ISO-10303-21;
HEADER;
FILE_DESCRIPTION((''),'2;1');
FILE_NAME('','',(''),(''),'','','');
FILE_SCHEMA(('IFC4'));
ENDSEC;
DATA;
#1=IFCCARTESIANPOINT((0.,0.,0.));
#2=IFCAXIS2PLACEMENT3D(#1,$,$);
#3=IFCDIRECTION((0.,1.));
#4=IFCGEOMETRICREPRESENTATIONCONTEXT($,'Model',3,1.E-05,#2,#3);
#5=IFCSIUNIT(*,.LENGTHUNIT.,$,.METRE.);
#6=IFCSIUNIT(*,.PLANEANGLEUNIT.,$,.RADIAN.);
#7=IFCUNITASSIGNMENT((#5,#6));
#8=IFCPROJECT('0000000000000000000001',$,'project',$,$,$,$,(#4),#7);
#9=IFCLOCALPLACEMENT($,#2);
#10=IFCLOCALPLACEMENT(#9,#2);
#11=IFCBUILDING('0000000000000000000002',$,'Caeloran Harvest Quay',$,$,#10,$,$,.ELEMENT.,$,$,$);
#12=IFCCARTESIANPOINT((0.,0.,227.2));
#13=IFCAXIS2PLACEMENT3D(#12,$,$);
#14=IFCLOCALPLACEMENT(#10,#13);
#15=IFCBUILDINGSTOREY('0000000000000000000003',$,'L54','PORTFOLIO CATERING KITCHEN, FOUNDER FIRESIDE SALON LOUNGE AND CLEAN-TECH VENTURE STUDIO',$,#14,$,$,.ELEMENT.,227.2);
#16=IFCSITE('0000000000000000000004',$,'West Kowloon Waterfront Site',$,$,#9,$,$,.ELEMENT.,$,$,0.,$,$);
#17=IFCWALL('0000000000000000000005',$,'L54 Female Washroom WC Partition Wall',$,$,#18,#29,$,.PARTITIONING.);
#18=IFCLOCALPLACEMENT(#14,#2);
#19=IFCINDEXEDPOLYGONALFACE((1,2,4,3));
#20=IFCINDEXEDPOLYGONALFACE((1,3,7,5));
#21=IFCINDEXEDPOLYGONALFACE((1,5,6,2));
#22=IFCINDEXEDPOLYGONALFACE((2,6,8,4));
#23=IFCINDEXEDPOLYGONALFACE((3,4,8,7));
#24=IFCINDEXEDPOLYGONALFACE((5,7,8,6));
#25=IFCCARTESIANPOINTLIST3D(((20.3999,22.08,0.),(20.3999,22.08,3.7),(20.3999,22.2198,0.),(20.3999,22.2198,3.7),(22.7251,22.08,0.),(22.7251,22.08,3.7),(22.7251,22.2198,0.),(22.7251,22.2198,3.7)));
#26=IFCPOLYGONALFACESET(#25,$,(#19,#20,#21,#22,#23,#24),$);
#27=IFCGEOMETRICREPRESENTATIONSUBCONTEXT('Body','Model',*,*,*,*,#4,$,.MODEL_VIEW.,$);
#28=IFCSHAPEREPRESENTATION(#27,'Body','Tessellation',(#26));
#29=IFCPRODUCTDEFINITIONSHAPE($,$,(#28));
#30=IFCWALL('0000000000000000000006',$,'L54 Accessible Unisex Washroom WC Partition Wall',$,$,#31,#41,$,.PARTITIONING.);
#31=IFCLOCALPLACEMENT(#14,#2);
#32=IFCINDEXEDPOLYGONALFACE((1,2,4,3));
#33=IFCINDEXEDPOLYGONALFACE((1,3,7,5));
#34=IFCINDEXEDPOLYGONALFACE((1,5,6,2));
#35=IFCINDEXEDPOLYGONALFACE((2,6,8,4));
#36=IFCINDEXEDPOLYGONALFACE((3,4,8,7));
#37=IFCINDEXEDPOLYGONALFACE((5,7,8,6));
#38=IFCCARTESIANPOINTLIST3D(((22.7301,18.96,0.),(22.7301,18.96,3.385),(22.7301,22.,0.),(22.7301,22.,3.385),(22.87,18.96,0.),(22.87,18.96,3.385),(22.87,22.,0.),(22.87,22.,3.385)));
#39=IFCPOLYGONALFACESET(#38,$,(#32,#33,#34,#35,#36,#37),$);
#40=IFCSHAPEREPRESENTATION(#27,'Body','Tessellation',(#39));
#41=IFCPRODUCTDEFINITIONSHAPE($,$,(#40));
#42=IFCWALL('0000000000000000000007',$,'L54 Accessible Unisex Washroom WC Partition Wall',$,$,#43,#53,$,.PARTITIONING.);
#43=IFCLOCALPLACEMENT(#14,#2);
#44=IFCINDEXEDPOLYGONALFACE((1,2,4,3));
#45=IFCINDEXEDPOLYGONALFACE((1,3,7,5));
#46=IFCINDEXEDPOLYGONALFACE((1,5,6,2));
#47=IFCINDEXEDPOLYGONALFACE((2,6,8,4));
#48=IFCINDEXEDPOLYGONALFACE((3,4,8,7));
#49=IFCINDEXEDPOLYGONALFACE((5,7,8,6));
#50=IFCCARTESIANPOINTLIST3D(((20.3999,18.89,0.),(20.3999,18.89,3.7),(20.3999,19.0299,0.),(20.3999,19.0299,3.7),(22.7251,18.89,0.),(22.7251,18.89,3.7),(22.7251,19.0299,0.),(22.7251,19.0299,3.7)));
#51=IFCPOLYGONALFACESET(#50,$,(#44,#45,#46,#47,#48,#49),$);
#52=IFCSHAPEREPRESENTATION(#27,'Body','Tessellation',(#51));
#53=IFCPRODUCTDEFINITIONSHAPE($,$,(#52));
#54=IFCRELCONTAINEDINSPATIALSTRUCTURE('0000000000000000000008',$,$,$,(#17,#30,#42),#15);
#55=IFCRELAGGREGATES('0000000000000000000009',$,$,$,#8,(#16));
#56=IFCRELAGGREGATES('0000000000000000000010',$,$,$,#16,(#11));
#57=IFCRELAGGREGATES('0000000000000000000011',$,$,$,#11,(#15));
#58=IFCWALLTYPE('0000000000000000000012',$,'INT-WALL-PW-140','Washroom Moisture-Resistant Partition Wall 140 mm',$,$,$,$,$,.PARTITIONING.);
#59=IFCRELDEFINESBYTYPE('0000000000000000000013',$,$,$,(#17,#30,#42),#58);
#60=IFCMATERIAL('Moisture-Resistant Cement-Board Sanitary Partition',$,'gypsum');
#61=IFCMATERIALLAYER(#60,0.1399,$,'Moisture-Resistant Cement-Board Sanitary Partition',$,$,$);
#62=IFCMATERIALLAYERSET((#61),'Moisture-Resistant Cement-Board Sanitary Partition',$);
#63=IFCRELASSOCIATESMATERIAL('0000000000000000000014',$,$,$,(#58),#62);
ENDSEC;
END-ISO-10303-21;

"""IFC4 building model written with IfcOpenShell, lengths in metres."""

from ifc_helpers import new_model, si_unit, direction, frame, frame_2d, origin, place, context, subcontext, project, spatial, rectangle, extrude, material, layer, layer_set, type_object, element, save


model = new_model("IFC4")

# Units and contexts
model_context = context("Model", 3, precision=1e-05, world=origin(), true_north=direction((0.0, 1.0)))
body_context = subcontext(model_context, "Body", "Model", "MODEL_VIEW")
ifc_project = project(units=[si_unit("LENGTHUNIT", "METRE"), si_unit("PLANEANGLEUNIT", "RADIAN")], contexts=[model_context])

# Site, building, storey
site_placement = place(None, origin())
site = spatial("IfcSite", under=ifc_project, at=site_placement, Name="West Kowloon Waterfront Site", CompositionType="ELEMENT", RefElevation=0.0)
building_placement = place(site_placement, origin())
building = spatial("IfcBuilding", under=site, at=building_placement, Name="Caeloran Harvest Quay", CompositionType="ELEMENT")
storey_placement = place(building_placement, frame((0.0, 0.0, 227.2)))
storey = spatial("IfcBuildingStorey", under=building, at=storey_placement, Name="L54", Description="PORTFOLIO CATERING KITCHEN, FOUNDER FIRESIDE SALON LOUNGE AND CLEAN-TECH VENTURE STUDIO", CompositionType="ELEMENT", Elevation=227.2)

# Walls
ifc_material_1 = material(Name="Moisture-Resistant Cement-Board Sanitary Partition", Category="gypsum")
ifc_layer_1 = layer(ifc_material_1, 0.1399, Name="Moisture-Resistant Cement-Board Sanitary Partition")
ifc_layer_set_1 = layer_set([ifc_layer_1], Name="Moisture-Resistant Cement-Board Sanitary Partition")
wall_type_1 = type_object("IfcWallType", Name="INT-WALL-PW-140", Description="Washroom Moisture-Resistant Partition Wall 140 mm", PredefinedType="PARTITIONING", material=ifc_layer_set_1)
wall_1_placement = place(storey_placement, frame((22.7251, 22.1499, 0.0), z_axis=(0.0, 0.0, 1.0), x_axis=(-1.0, 0.0, 0.0)))
element("IfcWall", 1, at=wall_1_placement, inside=storey, type_object=wall_type_1, Name="L54 Female Washroom WC Partition Wall", PredefinedType="PARTITIONING", context=body_context, shape_type="SweptSolid", body=[
    extrude(rectangle(XDim=2.3252, YDim=0.1399, at=frame_2d((1.1626, 0.0))), origin(), (0.0, 0.0, 1.0), 3.7),
])
wall_2_placement = place(storey_placement, frame((22.8, 22.0, 0.0), z_axis=(0.0, 0.0, 1.0), x_axis=(0.0, -1.0, 0.0)))
element("IfcWall", 2, at=wall_2_placement, inside=storey, type_object=wall_type_1, Name="L54 Accessible Unisex Washroom WC Partition Wall", PredefinedType="PARTITIONING", context=body_context, shape_type="SweptSolid", body=[
    extrude(rectangle(XDim=3.04, YDim=0.1399, at=frame_2d((1.52, 0.0))), origin(), (0.0, 0.0, 1.0), 3.385),
])
wall_3_placement = place(storey_placement, frame((22.7251, 18.96, 0.0), z_axis=(0.0, 0.0, 1.0), x_axis=(-1.0, 0.0, 0.0)))
element("IfcWall", 3, at=wall_3_placement, inside=storey, type_object=wall_type_1, Name="L54 Accessible Unisex Washroom WC Partition Wall", PredefinedType="PARTITIONING", context=body_context, shape_type="SweptSolid", body=[
    extrude(rectangle(XDim=2.3252, YDim=0.1399, at=frame_2d((1.1626, 0.0))), origin(), (0.0, 0.0, 1.0), 3.7),
])

save(model, "model.ifc")
